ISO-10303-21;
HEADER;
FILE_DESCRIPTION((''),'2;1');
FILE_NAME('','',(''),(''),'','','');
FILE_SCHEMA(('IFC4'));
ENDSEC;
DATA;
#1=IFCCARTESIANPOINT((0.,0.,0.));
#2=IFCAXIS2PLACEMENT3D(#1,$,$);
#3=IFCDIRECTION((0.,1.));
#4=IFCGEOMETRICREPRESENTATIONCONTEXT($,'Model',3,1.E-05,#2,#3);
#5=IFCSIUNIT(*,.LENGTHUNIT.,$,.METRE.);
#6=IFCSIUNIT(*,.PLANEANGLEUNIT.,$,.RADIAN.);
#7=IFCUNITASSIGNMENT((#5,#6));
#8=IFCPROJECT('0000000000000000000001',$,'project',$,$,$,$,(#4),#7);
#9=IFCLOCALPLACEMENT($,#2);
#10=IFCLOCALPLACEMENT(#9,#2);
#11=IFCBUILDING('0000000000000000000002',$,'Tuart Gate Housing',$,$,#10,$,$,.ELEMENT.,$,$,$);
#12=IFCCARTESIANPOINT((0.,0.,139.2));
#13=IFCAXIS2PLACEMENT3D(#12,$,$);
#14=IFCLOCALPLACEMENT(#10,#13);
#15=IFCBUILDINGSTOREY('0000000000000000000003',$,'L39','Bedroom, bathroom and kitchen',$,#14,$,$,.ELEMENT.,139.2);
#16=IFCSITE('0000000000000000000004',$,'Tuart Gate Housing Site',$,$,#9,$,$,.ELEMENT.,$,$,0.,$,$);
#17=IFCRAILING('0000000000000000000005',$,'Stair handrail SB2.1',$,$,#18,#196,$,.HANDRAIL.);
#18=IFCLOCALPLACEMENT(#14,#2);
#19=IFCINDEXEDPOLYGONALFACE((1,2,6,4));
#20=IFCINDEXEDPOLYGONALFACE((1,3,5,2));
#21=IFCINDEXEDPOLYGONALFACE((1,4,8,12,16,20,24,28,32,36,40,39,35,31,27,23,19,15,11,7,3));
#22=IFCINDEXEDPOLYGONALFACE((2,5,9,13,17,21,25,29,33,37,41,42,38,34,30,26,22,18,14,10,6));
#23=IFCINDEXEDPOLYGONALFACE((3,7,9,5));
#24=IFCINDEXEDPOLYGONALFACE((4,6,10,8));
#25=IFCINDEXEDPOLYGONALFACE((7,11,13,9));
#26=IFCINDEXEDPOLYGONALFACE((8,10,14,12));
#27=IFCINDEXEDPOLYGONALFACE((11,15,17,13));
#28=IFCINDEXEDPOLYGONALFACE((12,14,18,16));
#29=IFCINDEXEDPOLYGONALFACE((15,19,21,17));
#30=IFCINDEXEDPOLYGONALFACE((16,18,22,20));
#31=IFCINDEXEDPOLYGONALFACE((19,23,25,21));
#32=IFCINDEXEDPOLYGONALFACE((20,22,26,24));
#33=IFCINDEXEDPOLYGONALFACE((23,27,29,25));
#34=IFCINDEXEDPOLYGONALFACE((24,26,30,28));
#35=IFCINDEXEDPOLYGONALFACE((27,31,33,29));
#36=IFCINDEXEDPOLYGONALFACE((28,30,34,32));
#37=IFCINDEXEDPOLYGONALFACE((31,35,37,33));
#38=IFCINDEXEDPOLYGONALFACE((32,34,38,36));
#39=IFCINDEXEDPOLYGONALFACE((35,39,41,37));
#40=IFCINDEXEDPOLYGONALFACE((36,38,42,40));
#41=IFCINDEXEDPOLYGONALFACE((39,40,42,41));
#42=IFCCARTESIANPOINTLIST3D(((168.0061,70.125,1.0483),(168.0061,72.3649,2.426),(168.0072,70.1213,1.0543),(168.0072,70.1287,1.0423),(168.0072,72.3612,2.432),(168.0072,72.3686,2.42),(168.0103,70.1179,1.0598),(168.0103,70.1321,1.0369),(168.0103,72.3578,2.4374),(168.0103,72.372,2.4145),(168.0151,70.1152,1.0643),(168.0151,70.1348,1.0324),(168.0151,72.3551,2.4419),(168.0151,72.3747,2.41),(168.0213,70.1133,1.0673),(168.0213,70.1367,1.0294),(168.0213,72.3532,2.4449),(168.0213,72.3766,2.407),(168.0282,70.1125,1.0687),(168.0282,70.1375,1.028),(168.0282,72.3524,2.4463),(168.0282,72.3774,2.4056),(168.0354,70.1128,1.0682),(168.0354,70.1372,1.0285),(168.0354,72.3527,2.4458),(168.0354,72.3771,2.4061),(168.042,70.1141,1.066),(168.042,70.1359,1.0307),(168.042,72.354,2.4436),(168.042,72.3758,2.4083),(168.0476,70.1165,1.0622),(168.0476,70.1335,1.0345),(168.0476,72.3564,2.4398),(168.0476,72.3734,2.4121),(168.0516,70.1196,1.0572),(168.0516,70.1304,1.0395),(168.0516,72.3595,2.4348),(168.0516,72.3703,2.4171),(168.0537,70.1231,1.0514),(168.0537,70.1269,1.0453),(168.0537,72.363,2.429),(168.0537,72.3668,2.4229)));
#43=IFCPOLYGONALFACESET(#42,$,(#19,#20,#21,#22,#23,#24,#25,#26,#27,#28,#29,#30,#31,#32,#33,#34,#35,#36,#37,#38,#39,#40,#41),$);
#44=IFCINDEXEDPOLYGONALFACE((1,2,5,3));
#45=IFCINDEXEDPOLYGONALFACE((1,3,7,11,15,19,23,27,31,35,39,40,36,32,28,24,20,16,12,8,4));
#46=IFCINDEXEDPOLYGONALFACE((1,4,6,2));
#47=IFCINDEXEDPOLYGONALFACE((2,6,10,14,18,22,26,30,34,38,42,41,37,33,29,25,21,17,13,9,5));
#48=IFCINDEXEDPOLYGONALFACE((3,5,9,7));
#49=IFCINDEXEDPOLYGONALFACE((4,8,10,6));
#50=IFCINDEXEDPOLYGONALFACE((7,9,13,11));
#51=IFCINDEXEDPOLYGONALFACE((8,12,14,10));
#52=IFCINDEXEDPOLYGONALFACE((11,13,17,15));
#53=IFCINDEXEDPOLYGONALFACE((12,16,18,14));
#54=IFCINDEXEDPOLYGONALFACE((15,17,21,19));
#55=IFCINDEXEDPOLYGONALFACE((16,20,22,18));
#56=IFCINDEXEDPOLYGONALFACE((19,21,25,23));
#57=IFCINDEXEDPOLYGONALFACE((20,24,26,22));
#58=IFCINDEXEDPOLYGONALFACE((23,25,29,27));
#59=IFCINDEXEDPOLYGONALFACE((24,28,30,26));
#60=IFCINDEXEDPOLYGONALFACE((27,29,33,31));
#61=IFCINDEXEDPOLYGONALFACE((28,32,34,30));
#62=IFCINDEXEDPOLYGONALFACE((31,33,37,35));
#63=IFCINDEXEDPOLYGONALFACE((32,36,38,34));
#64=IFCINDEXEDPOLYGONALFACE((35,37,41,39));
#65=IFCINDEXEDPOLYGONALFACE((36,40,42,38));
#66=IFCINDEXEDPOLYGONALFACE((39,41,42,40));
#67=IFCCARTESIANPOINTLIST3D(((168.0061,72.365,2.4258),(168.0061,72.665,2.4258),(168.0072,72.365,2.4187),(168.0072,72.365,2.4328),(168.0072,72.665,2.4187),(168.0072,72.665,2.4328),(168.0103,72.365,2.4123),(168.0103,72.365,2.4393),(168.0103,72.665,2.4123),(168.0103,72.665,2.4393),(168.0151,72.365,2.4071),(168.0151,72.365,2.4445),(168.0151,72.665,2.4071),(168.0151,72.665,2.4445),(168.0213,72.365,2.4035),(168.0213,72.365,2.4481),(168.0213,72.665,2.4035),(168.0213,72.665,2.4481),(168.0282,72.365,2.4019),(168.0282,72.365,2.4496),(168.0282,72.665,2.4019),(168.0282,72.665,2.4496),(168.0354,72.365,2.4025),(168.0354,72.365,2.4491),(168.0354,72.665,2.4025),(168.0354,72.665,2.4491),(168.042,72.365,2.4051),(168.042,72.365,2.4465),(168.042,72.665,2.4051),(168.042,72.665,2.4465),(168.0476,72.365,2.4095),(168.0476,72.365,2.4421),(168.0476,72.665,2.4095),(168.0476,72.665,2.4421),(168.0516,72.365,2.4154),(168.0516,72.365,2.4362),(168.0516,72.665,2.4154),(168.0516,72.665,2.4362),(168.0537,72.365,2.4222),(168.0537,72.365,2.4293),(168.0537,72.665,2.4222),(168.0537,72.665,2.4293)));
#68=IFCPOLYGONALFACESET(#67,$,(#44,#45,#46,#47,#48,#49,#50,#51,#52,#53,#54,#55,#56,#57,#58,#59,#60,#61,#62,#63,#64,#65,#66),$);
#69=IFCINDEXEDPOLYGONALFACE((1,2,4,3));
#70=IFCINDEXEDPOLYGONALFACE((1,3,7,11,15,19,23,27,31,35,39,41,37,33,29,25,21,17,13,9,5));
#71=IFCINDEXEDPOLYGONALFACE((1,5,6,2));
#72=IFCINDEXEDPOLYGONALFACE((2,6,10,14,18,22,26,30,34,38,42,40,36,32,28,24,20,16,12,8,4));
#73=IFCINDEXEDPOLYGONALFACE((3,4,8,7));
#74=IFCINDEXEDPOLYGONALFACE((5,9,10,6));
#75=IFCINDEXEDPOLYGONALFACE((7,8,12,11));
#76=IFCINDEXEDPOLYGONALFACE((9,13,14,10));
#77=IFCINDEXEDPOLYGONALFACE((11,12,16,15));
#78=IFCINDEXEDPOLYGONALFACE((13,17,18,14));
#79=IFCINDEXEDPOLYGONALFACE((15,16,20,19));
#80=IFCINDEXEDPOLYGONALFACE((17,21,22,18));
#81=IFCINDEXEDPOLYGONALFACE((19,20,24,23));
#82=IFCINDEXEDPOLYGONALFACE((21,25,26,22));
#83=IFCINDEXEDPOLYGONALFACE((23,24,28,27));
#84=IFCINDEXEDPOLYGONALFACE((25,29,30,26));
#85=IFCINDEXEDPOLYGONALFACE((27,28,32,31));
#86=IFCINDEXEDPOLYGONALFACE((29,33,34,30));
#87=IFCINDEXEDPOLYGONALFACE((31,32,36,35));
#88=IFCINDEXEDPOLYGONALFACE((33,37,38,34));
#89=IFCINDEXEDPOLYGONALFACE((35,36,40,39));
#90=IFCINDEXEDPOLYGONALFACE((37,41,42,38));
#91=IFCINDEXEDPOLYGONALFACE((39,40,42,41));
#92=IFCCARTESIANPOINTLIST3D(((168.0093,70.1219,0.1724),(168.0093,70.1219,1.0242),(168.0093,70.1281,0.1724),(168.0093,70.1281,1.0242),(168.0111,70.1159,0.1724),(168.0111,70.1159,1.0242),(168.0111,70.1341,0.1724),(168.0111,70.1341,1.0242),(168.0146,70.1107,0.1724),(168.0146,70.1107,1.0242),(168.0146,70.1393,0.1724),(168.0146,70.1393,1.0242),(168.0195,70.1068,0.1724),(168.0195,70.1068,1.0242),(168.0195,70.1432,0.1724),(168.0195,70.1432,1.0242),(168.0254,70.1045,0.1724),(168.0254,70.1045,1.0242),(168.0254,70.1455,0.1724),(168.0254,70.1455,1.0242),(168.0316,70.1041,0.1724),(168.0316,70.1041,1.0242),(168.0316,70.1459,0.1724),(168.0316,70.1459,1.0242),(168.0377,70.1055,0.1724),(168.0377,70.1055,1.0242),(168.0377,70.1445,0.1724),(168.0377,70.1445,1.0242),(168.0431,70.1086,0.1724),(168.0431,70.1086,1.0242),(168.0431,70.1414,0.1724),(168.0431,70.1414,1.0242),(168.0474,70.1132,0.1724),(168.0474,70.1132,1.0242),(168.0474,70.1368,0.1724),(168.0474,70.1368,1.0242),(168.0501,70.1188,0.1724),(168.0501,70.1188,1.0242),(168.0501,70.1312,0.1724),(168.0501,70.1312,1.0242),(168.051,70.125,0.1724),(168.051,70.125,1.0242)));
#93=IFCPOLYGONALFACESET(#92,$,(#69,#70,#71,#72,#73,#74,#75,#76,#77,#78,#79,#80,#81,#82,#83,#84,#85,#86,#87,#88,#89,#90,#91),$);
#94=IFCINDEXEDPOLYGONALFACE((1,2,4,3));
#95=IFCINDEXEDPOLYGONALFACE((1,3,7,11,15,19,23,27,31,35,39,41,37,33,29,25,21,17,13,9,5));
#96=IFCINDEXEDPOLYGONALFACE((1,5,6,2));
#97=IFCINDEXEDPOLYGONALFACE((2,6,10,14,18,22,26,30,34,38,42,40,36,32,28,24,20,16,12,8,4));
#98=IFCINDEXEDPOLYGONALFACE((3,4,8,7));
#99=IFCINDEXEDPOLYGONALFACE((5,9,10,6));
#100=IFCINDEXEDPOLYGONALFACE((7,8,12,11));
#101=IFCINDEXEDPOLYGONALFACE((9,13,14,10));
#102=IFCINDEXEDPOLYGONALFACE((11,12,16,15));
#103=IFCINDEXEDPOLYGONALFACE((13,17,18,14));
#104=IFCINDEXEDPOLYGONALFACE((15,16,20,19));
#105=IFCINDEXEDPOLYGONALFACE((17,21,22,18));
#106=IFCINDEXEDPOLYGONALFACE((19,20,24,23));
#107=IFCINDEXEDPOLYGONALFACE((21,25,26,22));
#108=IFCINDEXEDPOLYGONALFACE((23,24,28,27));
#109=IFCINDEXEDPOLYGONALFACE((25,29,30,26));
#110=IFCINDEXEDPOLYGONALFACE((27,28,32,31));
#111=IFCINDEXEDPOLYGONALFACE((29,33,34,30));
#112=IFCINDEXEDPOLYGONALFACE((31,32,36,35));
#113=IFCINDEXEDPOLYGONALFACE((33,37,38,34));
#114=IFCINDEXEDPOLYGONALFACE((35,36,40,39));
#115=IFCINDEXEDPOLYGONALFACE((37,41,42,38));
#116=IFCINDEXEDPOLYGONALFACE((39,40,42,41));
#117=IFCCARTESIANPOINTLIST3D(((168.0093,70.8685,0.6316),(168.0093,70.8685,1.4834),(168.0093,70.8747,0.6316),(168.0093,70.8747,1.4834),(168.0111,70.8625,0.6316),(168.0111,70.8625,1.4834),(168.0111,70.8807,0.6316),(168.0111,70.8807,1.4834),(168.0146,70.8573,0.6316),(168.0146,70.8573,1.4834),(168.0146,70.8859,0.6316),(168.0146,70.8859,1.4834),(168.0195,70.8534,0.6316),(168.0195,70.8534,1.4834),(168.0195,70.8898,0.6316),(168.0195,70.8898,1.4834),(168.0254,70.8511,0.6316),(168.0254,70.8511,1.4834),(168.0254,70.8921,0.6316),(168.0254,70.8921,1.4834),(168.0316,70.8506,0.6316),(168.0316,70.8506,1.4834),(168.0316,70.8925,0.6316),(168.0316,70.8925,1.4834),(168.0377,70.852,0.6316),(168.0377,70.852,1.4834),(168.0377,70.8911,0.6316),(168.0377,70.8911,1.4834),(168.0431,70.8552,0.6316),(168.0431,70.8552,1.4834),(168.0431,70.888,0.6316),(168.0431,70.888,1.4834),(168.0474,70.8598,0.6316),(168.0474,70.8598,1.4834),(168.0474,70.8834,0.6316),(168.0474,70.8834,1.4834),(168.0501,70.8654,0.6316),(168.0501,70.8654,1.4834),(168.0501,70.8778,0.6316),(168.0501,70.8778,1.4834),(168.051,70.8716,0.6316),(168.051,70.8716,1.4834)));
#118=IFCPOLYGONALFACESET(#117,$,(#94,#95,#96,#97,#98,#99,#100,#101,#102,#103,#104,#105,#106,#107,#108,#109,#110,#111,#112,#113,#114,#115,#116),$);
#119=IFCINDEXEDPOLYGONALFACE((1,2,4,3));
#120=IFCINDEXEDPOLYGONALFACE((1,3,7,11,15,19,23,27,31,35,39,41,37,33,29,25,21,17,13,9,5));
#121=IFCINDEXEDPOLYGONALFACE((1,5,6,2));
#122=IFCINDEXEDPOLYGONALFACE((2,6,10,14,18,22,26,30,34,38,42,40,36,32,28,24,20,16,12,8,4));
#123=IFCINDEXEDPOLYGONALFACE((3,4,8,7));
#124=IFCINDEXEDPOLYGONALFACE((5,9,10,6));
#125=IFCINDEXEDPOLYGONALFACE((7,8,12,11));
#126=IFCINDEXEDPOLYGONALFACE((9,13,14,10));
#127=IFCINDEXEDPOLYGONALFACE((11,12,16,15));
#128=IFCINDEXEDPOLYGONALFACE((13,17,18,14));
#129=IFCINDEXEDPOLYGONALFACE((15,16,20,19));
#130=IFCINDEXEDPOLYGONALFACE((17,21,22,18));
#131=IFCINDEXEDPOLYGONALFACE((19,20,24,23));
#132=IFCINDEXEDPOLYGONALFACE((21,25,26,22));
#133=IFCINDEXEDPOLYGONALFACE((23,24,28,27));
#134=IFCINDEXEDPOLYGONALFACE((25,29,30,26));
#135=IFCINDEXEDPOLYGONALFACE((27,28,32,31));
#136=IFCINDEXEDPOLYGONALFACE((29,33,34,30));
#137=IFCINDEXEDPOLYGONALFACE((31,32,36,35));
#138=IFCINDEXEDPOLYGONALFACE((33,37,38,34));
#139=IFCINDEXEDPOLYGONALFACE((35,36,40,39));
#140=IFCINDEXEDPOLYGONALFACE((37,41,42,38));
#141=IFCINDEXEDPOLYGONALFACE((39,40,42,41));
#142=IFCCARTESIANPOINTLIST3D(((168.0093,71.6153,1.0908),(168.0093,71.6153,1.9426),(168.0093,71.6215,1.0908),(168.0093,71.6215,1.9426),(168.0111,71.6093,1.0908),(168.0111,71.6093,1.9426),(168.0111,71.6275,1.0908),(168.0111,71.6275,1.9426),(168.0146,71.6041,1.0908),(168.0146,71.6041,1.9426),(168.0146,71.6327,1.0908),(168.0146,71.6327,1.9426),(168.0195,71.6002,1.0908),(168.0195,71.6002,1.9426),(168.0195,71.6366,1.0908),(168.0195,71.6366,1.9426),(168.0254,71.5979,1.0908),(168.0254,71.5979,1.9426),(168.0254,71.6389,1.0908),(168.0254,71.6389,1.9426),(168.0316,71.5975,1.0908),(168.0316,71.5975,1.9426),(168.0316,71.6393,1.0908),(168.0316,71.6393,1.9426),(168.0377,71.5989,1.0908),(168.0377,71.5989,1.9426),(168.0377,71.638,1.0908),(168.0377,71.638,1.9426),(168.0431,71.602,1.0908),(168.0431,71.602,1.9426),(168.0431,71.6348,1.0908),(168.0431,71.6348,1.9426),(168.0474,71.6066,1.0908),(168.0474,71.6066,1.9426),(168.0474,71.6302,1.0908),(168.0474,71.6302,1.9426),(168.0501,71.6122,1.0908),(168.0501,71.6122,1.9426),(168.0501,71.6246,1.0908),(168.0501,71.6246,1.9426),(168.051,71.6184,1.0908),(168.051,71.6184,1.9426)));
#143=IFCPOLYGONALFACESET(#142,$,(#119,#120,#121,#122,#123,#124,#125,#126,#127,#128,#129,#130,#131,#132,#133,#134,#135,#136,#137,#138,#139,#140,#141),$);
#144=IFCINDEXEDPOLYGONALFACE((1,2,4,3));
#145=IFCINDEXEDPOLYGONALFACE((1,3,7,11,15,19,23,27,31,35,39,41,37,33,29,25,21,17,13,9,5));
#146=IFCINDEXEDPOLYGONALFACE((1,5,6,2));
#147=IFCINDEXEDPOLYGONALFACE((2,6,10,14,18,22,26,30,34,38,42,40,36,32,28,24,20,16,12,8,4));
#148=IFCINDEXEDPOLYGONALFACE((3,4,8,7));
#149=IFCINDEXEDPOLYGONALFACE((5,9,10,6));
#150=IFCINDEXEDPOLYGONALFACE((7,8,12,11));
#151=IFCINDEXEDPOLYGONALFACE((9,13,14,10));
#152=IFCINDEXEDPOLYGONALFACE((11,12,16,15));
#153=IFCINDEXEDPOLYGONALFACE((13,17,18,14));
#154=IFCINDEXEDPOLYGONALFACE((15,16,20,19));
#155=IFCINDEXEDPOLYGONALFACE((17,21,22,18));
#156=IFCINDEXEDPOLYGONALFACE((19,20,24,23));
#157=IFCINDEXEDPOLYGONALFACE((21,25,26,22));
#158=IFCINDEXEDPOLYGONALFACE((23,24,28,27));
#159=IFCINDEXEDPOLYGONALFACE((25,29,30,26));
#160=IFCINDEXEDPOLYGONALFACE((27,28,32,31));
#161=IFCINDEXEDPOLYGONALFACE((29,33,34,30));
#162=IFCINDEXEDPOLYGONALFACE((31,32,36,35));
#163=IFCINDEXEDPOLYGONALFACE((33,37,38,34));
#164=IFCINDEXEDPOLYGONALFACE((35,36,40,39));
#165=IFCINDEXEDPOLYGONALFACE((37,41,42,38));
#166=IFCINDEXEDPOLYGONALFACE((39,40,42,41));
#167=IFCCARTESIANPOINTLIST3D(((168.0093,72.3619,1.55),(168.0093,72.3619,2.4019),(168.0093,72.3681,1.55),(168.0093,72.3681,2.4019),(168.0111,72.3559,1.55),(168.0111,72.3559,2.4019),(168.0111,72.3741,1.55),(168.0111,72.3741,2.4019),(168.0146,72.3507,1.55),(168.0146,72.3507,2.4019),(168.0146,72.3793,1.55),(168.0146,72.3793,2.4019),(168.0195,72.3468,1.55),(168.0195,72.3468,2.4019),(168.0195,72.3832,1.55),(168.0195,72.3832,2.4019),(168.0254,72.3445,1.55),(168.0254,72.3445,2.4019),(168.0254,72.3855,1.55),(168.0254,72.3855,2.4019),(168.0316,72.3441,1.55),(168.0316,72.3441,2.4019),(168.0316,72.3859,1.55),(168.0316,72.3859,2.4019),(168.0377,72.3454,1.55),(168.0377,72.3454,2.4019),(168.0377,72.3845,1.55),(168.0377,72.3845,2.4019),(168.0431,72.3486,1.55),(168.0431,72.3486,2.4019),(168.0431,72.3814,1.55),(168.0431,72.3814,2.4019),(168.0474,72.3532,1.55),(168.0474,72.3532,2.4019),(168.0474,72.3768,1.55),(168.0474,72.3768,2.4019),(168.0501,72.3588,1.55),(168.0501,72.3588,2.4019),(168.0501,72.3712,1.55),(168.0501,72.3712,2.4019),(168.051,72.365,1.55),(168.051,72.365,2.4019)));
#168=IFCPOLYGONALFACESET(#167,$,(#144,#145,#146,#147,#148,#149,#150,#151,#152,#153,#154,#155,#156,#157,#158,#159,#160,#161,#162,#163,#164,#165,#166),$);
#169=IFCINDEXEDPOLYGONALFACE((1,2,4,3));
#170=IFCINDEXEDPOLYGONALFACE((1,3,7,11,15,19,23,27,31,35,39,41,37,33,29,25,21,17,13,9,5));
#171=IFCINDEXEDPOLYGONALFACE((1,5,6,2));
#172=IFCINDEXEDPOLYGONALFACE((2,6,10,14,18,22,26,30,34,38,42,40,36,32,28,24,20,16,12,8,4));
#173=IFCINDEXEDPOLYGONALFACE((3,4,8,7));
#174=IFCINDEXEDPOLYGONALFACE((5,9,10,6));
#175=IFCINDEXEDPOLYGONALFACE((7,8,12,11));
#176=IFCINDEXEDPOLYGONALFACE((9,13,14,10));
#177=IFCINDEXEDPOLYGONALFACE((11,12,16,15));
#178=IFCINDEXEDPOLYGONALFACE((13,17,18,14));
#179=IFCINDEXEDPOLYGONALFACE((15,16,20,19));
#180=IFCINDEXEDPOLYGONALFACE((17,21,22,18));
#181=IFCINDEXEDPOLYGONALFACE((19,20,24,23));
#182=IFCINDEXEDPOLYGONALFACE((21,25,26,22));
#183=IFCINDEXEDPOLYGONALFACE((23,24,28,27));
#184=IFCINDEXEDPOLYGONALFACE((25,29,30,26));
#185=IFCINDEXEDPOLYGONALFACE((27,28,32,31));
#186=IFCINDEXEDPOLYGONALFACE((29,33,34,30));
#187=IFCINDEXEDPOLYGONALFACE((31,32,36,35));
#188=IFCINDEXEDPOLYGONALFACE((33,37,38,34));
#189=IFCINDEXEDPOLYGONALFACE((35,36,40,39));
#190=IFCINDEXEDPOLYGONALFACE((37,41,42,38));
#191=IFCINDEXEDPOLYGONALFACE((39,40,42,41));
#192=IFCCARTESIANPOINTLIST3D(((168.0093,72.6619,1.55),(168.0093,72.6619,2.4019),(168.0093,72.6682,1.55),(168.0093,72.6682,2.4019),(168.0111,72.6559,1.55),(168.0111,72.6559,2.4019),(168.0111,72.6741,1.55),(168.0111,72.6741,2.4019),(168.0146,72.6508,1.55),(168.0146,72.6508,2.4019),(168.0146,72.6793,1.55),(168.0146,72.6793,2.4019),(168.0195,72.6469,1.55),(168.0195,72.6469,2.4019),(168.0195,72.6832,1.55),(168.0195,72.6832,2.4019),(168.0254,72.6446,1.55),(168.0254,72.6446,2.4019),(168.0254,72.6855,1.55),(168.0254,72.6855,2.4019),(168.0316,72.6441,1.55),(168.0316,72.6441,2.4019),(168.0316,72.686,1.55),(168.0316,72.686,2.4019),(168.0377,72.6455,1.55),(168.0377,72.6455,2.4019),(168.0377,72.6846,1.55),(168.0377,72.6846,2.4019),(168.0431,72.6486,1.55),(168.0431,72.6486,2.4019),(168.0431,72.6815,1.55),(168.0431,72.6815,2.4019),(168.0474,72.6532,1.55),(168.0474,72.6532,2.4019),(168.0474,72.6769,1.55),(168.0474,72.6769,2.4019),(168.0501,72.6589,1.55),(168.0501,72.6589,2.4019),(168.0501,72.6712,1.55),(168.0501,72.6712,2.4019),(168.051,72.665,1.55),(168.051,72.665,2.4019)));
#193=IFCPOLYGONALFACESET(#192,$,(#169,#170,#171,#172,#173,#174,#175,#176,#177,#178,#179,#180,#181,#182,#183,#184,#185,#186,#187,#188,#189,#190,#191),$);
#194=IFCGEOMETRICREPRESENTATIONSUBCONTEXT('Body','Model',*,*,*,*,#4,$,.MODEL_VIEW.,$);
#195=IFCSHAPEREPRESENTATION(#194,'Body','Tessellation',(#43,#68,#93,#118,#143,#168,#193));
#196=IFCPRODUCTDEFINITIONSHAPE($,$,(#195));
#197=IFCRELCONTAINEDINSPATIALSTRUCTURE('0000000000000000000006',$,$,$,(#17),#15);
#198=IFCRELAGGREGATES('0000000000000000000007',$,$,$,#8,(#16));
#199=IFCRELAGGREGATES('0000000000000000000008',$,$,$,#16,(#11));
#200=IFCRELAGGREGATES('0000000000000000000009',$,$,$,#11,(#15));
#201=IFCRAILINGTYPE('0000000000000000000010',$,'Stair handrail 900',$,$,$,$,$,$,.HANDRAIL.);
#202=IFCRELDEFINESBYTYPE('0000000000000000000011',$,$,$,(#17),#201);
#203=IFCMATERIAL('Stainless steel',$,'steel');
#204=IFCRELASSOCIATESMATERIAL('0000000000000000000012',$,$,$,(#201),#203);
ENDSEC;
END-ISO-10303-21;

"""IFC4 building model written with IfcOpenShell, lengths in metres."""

from ifc_helpers import new_model, si_unit, direction, frame, origin, origin_2d, place, context, subcontext, project, spatial, circle, extrude, material, type_object, element, save


model = new_model("IFC4")

# Units and contexts
model_context = context("Model", 3, precision=1e-05, world=origin(), true_north=direction((0.0, 1.0)))
body_context = subcontext(model_context, "Body", "Model", "MODEL_VIEW")
ifc_project = project(units=[si_unit("LENGTHUNIT", "METRE"), si_unit("PLANEANGLEUNIT", "RADIAN")], contexts=[model_context])

# Site, building, storey
site_placement = place(None, origin())
site = spatial("IfcSite", under=ifc_project, at=site_placement, Name="Tuart Gate Housing Site", CompositionType="ELEMENT", RefElevation=0.0)
building_placement = place(site_placement, origin())
building = spatial("IfcBuilding", under=site, at=building_placement, Name="Tuart Gate Housing", CompositionType="ELEMENT")
storey_placement = place(building_placement, frame((0.0, 0.0, 139.2)))
storey = spatial("IfcBuildingStorey", under=building, at=storey_placement, Name="L39", Description="Bedroom, bathroom and kitchen", CompositionType="ELEMENT", Elevation=139.2)

# Railing
ifc_material_1 = material(Name="Stainless steel", Category="steel")
railing_type = type_object("IfcRailingType", Name="Stair handrail 900", PredefinedType="HANDRAIL", material=ifc_material_1)
railing_placement = place(storey_placement, frame((168.03, 70.125, 0.1724)))
element("IfcRailing", 1, at=railing_placement, inside=storey, type_object=railing_type, Name="Stair handrail SB2.1", PredefinedType="HANDRAIL", context=body_context, shape_type="SweptSolid", body=[
    extrude(circle(Radius=0.0239, at=origin_2d()), frame((0.0, 0.0, 0.876), z_axis=(0.0, 0.851789, 0.523885), x_axis=(-1.0, 0.0, 0.0)), (0.0, 0.0, 1.0), 2.6296),
    extrude(circle(Radius=0.0239, at=origin_2d()), frame((0.0, 2.24, 2.2534), z_axis=(0.0, 1.0, 0.0), x_axis=(-1.0, 0.0, 0.0)), (0.0, 0.0, 1.0), 0.3),
    extrude(circle(Radius=0.021, at=origin_2d()), origin(), (0.0, 0.0, 1.0), 0.8518),
    extrude(circle(Radius=0.021, at=origin_2d()), frame((0.0, 0.7466, 0.4592)), (0.0, 0.0, 1.0), 0.8518),
    extrude(circle(Radius=0.021, at=origin_2d()), frame((0.0, 1.4934, 0.9185)), (0.0, 0.0, 1.0), 0.8518),
    extrude(circle(Radius=0.021, at=origin_2d()), frame((0.0, 2.24, 1.3777)), (0.0, 0.0, 1.0), 0.8518),
    extrude(circle(Radius=0.021, at=origin_2d()), frame((0.0, 2.54, 1.3777)), (0.0, 0.0, 1.0), 0.8518),
])

save(model, "model.ifc")
